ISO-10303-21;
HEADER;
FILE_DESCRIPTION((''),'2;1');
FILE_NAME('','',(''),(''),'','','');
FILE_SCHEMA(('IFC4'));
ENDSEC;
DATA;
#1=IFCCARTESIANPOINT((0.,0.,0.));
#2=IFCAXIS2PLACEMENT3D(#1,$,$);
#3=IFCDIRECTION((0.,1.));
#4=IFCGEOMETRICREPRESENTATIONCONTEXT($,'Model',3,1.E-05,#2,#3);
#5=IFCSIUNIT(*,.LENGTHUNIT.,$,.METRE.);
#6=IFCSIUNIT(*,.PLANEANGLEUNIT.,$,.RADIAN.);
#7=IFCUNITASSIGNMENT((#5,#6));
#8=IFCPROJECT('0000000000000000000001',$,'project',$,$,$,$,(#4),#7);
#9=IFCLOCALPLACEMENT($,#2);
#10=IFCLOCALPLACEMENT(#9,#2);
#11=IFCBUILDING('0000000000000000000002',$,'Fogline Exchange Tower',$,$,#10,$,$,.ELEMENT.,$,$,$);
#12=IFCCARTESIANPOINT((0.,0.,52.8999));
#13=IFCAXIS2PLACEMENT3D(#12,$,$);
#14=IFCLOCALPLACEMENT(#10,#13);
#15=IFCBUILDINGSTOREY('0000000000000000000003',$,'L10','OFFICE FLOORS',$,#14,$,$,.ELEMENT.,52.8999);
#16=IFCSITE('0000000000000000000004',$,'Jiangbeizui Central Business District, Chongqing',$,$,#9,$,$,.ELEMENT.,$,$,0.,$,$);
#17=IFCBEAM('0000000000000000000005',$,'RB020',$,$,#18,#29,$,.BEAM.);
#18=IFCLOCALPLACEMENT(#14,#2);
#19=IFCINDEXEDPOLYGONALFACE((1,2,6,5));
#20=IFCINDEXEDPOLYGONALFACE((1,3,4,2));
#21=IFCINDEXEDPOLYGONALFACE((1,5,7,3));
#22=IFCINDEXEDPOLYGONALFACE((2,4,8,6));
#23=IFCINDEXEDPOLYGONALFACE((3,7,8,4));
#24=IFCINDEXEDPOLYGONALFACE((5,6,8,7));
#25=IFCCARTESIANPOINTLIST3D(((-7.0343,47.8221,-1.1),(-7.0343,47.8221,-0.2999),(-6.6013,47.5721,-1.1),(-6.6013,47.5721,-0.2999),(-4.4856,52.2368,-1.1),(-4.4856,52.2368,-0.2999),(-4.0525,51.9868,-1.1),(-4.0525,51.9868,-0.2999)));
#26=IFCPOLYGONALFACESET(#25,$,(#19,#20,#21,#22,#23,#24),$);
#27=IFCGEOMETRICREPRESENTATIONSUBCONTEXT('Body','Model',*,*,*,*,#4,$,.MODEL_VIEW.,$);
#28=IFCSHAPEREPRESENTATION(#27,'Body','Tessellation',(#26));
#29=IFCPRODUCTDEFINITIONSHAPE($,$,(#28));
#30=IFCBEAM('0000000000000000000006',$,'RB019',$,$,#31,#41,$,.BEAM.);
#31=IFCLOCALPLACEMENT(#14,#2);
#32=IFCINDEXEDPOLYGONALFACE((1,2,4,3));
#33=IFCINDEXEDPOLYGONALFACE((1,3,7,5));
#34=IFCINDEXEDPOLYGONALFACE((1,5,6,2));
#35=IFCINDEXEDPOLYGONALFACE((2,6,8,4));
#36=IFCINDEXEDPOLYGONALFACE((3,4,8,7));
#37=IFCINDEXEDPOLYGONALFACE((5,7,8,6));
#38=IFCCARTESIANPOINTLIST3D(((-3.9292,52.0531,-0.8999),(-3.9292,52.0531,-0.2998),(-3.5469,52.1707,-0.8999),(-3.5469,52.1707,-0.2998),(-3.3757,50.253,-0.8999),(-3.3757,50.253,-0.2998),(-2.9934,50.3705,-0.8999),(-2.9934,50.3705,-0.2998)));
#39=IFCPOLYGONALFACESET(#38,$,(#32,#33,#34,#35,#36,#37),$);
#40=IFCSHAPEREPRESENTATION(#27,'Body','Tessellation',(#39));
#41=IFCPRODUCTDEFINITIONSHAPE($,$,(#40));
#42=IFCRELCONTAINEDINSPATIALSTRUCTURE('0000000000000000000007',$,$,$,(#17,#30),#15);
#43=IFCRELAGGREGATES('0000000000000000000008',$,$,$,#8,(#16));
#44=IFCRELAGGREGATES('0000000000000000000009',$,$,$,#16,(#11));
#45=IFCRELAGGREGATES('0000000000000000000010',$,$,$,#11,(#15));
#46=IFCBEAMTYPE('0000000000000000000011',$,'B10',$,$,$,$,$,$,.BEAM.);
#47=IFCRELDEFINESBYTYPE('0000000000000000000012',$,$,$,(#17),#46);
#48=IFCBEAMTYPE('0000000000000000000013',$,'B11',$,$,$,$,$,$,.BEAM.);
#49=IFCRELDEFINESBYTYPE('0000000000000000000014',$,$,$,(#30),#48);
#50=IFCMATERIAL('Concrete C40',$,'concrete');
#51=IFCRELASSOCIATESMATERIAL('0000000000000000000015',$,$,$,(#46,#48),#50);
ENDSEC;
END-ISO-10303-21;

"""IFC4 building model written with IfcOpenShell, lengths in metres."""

from ifc_helpers import new_model, si_unit, direction, frame, origin, origin_2d, place, context, subcontext, project, spatial, rectangle, extrude, material, material_profile, profile_set, type_object, element, save


model = new_model("IFC4")

# Units and contexts
model_context = context("Model", 3, precision=1e-05, world=origin(), true_north=direction((0.0, 1.0)))
body_context = subcontext(model_context, "Body", "Model", "MODEL_VIEW")
ifc_project = project(units=[si_unit("LENGTHUNIT", "METRE"), si_unit("PLANEANGLEUNIT", "RADIAN")], contexts=[model_context])

# Site, building, storey
site_placement = place(None, origin())
site = spatial("IfcSite", under=ifc_project, at=site_placement, Name="Jiangbeizui Central Business District, Chongqing", CompositionType="ELEMENT", RefElevation=0.0)
building_placement = place(site_placement, origin())
building = spatial("IfcBuilding", under=site, at=building_placement, Name="Fogline Exchange Tower", CompositionType="ELEMENT")
storey_placement = place(building_placement, frame((0.0, 0.0, 52.8999)))
storey = spatial("IfcBuildingStorey", under=building, at=storey_placement, Name="L10", Description="OFFICE FLOORS", CompositionType="ELEMENT", Elevation=52.8999)

# Beams
ifc_material = material(Name="Concrete C40", Category="concrete")
ifc_material_profile_1 = material_profile(ifc_material, rectangle(XDim=0.5, YDim=0.8, at=origin_2d()), Name="RC 500x800")
ifc_profile_set_1 = profile_set([ifc_material_profile_1], Name="Concrete C40")
beam_type_1 = type_object("IfcBeamType", Name="B10", PredefinedType="BEAM", material=ifc_profile_set_1)
beam_1_placement = place(storey_placement, frame((-4.269, 52.1118, -0.7), z_axis=(-0.499992, -0.86603, 0.0), x_axis=(0.86603, -0.499992, 0.0)))
element("IfcBeam", 1, at=beam_1_placement, inside=storey, type_object=beam_type_1, Name="RB020", PredefinedType="BEAM", context=body_context, shape_type="SweptSolid", body=[
    extrude(rectangle(XDim=0.5, YDim=0.8, at=origin_2d()), origin(), (0.0, 0.0, 1.0), 5.0977),
])
ifc_material_profile_2 = material_profile(ifc_material, rectangle(XDim=0.3999, YDim=0.6001, at=origin_2d()), Name="RC 400x600")
ifc_profile_set_2 = profile_set([ifc_material_profile_2], Name="Concrete C40")
beam_type_2 = type_object("IfcBeamType", Name="B11", PredefinedType="BEAM", material=ifc_profile_set_2)
beam_2_placement = place(storey_placement, frame((-3.1846, 50.3118, -0.5999), z_axis=(-0.293895, 0.955838, 0.0), x_axis=(-0.955838, -0.293895, 0.0)))
element("IfcBeam", 2, at=beam_2_placement, inside=storey, type_object=beam_type_2, Name="RB019", PredefinedType="BEAM", context=body_context, shape_type="SweptSolid", body=[
    extrude(rectangle(XDim=0.3999, YDim=0.6001, at=origin_2d()), origin(), (0.0, 0.0, 1.0), 1.8833),
])

save(model, "model.ifc")
